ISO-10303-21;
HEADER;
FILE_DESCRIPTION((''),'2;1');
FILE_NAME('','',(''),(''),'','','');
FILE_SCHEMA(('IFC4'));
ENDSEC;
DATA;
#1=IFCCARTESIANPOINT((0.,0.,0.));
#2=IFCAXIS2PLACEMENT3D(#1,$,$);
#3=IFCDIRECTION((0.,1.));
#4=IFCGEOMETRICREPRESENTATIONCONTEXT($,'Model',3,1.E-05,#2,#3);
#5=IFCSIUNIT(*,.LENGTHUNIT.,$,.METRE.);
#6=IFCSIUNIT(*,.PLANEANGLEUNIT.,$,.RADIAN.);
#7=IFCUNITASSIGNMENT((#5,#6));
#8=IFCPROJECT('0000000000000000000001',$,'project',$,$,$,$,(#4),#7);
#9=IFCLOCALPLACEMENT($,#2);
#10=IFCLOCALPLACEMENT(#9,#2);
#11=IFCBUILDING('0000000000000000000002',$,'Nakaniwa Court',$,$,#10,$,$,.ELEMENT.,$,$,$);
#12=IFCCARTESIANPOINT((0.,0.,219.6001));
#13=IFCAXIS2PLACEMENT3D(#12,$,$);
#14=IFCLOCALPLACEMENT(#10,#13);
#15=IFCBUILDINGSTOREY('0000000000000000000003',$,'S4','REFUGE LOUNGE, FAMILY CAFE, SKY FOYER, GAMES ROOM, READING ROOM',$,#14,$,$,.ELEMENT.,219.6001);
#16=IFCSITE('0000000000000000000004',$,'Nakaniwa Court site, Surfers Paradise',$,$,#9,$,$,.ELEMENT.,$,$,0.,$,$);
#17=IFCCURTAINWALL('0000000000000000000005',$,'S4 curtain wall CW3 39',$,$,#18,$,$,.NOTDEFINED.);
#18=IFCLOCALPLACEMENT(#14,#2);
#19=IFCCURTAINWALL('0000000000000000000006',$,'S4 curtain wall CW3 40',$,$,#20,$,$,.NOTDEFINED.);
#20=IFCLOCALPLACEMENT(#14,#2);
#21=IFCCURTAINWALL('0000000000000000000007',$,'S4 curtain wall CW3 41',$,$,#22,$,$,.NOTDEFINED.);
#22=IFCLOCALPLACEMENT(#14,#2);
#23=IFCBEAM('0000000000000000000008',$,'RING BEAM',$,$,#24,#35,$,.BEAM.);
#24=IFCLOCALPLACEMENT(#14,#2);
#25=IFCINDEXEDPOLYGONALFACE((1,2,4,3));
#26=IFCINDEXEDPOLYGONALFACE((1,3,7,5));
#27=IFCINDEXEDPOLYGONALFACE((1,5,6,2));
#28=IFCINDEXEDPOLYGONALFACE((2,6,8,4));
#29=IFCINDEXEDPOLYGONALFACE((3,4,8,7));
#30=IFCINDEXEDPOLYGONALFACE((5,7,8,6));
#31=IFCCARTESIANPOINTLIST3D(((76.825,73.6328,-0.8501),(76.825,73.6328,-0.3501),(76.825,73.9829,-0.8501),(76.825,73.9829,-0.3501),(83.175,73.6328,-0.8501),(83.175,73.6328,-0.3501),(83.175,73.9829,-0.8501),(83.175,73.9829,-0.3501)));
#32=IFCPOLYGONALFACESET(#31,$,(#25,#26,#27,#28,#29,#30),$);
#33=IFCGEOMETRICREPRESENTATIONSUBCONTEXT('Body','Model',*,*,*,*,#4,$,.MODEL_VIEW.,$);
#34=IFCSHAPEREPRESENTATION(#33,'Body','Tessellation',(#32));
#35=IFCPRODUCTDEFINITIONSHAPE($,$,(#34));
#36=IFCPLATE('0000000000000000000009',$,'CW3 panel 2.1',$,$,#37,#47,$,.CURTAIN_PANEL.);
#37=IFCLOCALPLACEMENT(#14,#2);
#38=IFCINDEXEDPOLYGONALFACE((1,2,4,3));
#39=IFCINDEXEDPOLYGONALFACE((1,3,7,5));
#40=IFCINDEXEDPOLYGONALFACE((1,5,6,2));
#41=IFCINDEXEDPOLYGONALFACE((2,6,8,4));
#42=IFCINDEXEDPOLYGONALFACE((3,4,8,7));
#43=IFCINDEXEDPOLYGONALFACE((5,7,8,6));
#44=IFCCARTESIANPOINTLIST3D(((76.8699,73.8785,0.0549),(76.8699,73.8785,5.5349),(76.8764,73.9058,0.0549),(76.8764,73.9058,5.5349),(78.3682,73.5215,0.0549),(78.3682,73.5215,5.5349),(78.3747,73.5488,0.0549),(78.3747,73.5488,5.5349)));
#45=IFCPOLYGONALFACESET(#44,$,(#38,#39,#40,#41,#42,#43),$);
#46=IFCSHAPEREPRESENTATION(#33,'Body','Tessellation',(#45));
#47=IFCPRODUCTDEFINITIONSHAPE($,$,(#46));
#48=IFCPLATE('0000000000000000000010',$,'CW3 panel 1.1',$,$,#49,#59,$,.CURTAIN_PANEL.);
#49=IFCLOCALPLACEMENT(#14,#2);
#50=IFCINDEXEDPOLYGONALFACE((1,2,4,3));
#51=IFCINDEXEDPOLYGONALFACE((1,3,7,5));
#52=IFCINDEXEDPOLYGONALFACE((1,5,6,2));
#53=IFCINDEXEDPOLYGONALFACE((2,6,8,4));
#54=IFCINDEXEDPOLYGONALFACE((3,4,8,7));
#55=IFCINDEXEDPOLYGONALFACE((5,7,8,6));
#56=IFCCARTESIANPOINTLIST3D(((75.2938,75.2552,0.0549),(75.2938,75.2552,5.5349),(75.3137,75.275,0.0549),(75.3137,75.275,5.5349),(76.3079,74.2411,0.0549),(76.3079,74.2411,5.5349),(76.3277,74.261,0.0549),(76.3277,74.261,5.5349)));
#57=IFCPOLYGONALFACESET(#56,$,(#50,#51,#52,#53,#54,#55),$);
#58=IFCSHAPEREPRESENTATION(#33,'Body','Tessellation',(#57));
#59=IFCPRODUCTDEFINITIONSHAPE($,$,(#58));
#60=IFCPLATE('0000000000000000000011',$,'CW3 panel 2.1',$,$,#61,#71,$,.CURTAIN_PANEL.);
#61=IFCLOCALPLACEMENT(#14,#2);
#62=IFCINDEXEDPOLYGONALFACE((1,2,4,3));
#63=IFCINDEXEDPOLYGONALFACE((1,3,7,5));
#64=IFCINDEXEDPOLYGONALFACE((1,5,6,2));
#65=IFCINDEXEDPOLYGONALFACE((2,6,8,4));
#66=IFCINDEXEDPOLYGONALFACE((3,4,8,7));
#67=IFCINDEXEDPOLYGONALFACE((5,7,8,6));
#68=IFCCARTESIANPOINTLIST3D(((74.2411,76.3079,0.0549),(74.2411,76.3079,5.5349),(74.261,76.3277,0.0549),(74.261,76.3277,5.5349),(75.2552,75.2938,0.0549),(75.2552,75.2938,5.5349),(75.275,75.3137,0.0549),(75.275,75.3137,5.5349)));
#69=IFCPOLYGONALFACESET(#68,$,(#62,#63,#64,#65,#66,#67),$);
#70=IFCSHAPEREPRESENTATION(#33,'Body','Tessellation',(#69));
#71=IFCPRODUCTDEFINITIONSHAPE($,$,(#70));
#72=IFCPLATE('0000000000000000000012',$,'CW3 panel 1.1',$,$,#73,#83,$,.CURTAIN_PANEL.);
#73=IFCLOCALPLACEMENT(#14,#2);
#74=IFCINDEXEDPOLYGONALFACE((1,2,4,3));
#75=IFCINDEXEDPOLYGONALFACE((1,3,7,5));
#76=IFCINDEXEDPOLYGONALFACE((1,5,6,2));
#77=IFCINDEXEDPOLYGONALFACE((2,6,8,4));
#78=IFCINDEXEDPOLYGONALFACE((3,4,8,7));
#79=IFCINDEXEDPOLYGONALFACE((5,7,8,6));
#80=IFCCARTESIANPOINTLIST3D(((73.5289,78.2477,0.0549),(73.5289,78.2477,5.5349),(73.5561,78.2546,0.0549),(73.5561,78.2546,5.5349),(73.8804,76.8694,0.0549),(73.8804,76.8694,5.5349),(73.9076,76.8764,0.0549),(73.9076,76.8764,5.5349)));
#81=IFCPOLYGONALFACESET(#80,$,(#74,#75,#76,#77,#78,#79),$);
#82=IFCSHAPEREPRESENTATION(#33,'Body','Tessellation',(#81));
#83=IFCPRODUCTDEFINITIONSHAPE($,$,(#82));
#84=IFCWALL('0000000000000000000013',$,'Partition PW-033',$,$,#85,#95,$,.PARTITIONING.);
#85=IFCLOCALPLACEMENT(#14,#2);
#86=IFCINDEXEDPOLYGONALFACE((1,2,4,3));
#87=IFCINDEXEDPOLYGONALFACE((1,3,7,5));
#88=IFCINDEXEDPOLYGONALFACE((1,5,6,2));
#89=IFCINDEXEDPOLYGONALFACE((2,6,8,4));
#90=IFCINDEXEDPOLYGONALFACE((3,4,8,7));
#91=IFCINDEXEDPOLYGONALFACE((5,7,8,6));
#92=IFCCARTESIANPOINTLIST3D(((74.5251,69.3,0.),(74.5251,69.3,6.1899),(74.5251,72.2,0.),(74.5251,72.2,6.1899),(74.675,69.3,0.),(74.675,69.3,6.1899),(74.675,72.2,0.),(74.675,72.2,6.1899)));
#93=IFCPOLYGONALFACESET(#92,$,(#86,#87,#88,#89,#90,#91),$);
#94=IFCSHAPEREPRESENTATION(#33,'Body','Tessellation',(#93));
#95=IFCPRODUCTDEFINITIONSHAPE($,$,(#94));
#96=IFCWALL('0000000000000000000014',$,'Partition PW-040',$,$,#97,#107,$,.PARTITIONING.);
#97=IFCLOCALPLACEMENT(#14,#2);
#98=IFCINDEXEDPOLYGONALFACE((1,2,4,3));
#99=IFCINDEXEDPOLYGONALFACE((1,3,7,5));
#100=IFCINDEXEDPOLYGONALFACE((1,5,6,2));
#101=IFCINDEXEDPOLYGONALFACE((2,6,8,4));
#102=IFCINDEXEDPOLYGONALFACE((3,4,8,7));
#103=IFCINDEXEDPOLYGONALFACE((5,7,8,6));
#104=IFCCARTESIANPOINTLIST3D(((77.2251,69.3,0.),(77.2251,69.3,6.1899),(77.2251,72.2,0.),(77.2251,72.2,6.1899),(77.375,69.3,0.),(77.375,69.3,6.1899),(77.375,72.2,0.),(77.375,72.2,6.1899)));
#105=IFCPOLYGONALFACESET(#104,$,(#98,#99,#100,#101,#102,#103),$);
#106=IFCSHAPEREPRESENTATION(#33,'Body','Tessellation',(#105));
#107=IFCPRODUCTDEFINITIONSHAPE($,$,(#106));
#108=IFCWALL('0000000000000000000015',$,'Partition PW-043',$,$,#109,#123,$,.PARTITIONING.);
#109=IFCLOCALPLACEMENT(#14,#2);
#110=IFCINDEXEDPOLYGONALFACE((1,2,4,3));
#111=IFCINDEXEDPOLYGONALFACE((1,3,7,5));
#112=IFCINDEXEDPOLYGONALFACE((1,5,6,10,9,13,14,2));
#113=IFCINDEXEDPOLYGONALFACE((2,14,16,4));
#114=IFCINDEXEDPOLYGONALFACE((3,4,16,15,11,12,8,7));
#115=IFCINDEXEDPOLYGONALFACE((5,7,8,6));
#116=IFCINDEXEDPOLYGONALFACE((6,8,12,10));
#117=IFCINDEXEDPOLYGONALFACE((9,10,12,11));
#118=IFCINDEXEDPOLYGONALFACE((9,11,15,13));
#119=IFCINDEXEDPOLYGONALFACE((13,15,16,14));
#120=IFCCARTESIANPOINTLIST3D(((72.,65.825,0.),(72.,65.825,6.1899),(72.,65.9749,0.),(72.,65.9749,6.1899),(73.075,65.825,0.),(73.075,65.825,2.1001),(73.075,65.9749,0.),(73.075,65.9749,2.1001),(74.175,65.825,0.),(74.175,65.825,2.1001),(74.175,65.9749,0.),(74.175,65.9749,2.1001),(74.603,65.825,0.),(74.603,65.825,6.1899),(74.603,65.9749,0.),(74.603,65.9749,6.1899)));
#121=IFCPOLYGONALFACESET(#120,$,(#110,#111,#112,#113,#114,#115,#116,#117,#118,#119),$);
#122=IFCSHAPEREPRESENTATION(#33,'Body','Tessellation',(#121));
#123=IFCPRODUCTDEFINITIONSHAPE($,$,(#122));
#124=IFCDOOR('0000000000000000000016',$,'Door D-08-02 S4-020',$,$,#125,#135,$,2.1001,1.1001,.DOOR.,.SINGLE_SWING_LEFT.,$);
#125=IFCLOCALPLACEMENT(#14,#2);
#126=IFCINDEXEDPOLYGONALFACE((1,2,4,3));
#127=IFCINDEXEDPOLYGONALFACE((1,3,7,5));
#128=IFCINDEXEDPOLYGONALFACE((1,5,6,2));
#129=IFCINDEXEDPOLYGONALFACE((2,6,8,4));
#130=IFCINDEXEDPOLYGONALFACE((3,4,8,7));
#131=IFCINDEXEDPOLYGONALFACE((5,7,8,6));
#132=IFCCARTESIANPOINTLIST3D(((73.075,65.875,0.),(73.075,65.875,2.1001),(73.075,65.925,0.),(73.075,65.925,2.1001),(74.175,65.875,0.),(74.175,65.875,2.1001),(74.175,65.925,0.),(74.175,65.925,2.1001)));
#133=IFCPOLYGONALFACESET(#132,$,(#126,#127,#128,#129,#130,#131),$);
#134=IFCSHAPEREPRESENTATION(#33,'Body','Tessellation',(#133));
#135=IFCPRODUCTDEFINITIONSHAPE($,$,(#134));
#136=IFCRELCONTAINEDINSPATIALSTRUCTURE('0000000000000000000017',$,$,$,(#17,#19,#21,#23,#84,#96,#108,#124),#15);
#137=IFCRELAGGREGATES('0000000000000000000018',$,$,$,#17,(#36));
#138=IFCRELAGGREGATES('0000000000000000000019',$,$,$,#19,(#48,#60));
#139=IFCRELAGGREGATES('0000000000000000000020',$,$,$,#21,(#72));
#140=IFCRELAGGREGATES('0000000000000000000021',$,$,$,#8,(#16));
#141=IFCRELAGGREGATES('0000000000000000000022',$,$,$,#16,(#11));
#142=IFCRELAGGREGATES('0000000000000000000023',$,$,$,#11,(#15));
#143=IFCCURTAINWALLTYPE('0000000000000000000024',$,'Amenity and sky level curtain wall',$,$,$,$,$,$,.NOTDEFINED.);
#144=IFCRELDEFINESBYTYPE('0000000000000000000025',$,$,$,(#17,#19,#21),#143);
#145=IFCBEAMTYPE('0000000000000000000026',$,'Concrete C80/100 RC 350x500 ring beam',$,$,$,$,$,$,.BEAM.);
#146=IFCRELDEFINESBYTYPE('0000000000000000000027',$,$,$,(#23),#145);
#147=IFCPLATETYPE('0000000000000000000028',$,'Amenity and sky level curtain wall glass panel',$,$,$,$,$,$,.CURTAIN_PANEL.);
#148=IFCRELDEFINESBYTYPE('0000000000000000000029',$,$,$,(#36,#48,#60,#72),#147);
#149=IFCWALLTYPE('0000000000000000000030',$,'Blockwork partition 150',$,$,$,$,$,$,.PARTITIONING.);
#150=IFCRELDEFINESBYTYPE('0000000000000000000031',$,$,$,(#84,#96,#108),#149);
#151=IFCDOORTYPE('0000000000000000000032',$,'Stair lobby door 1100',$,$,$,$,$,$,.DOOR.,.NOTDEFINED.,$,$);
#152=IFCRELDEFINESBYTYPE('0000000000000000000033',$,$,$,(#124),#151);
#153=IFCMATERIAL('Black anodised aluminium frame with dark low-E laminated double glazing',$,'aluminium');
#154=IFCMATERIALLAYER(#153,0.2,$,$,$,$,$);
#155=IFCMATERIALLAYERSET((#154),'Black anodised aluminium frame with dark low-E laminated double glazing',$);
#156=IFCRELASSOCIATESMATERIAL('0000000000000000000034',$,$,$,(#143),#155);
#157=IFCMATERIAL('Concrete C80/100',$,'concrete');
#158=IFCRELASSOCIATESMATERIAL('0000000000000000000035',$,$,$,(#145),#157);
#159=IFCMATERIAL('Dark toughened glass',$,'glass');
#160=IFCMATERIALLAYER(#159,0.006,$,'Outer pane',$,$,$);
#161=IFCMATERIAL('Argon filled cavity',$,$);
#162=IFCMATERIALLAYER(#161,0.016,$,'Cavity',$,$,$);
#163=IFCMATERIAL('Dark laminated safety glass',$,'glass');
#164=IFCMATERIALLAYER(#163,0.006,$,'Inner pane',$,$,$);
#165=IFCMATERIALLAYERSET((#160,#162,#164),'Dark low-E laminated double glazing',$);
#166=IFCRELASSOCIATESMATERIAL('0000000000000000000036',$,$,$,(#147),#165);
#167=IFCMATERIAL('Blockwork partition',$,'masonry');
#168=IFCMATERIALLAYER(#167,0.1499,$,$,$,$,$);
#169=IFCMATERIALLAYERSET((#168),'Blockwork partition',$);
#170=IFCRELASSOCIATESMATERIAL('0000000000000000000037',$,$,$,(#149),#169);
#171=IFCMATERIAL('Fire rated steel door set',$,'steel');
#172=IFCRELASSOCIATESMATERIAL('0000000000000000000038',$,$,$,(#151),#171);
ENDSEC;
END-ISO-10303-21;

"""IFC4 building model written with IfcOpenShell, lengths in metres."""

from ifc_helpers import new_model, si_unit, direction, frame, frame_2d, origin, origin_2d, place, context, subcontext, project, spatial, rectangle, extrude, material, layer, layer_set, material_profile, profile_set, type_object, element, fill, aggregate, save


model = new_model("IFC4")

# Units and contexts
model_context = context("Model", 3, precision=1e-05, world=origin(), true_north=direction((0.0, 1.0)))
body_context = subcontext(model_context, "Body", "Model", "MODEL_VIEW")
ifc_project = project(units=[si_unit("LENGTHUNIT", "METRE"), si_unit("PLANEANGLEUNIT", "RADIAN")], contexts=[model_context])

# Site, building, storey
site_placement = place(None, origin())
site = spatial("IfcSite", under=ifc_project, at=site_placement, Name="Nakaniwa Court site, Surfers Paradise", CompositionType="ELEMENT", RefElevation=0.0)
building_placement = place(site_placement, origin())
building = spatial("IfcBuilding", under=site, at=building_placement, Name="Nakaniwa Court", CompositionType="ELEMENT")
storey_placement = place(building_placement, frame((0.0, 0.0, 219.6001)))
storey = spatial("IfcBuildingStorey", under=building, at=storey_placement, Name="S4", Description="REFUGE LOUNGE, FAMILY CAFE, SKY FOYER, GAMES ROOM, READING ROOM", CompositionType="ELEMENT", Elevation=219.6001)

# Shared definitions
ifc_material_1 = material(Name="Concrete C80/100", Category="concrete")

# Curtain wall
ifc_material_2 = material(Name="Black anodised aluminium frame with dark low-E laminated double glazing", Category="aluminium")
ifc_layer_1 = layer(ifc_material_2, 0.2)
ifc_layer_set_1 = layer_set([ifc_layer_1], Name="Black anodised aluminium frame with dark low-E laminated double glazing")
curtain_wall_type = type_object("IfcCurtainWallType", Name="Amenity and sky level curtain wall", PredefinedType="NOTDEFINED", material=ifc_layer_set_1)
curtain_wall_1_placement = place(storey_placement, origin())
curtain_wall_1 = element("IfcCurtainWall", 1, at=curtain_wall_1_placement, inside=storey, type_object=curtain_wall_type, Name="S4 curtain wall CW3 39", PredefinedType="NOTDEFINED")

# Curtain walls
curtain_wall_2_placement = place(storey_placement, origin())
curtain_wall_2 = element("IfcCurtainWall", 2, at=curtain_wall_2_placement, inside=storey, type_object=curtain_wall_type, Name="S4 curtain wall CW3 40", PredefinedType="NOTDEFINED")
curtain_wall_3_placement = place(storey_placement, origin())
curtain_wall_3 = element("IfcCurtainWall", 3, at=curtain_wall_3_placement, inside=storey, type_object=curtain_wall_type, Name="S4 curtain wall CW3 41", PredefinedType="NOTDEFINED")

# Beam
ifc_material_profile_1 = material_profile(ifc_material_1, rectangle(XDim=0.3501, YDim=0.5, at=origin_2d()), Name="Concrete C80/100 RC 350x500 ring beam")
ifc_profile_set_1 = profile_set([ifc_material_profile_1], Name="Concrete C80/100")
beam_type = type_object("IfcBeamType", Name="Concrete C80/100 RC 350x500 ring beam", PredefinedType="BEAM", material=ifc_profile_set_1)
beam_1_placement = place(storey_placement, frame((76.825, 73.8079, -0.6001), z_axis=(1.0, 0.0, 0.0), x_axis=(0.0, 1.0, 0.0)))
element("IfcBeam", 4, at=beam_1_placement, inside=storey, type_object=beam_type, Name="RING BEAM", PredefinedType="BEAM", context=body_context, shape_type="SweptSolid", body=[
    extrude(rectangle(XDim=0.3501, YDim=0.5, at=origin_2d()), origin(), (0.0, 0.0, 1.0), 6.3501),
])

# Plates
ifc_material_3 = material(Name="Dark toughened glass", Category="glass")
ifc_layer_2 = layer(ifc_material_3, 0.006, Name="Outer pane")
ifc_material_4 = material(Name="Argon filled cavity")
ifc_layer_3 = layer(ifc_material_4, 0.016, Name="Cavity")
ifc_material_5 = material(Name="Dark laminated safety glass", Category="glass")
ifc_layer_4 = layer(ifc_material_5, 0.006, Name="Inner pane")
ifc_layer_set_2 = layer_set([ifc_layer_2, ifc_layer_3, ifc_layer_4], Name="Dark low-E laminated double glazing")
plate_type = type_object("IfcPlateType", Name="Amenity and sky level curtain wall glass panel", PredefinedType="CURTAIN_PANEL", material=ifc_layer_set_2)
plate_1_placement = place(storey_placement, frame((77.6223, 73.7136, 0.0549), z_axis=(0.0, 0.0, 1.0), x_axis=(-0.972766, 0.231791, 0.0)))
plate_1 = element("IfcPlate", 5, at=plate_1_placement, type_object=plate_type, Name="CW3 panel 2.1", PredefinedType="CURTAIN_PANEL", context=body_context, shape_type="SweptSolid", body=[
    extrude(rectangle(XDim=1.5403, YDim=0.0281, at=origin_2d()), origin(), (0.0, 0.0, 1.0), 5.48),
])
aggregate(curtain_wall_1, [plate_1])
plate_2_placement = place(storey_placement, frame((75.8108, 74.7581, 0.0549), z_axis=(0.0, 0.0, 1.0), x_axis=(-0.707107, 0.707107, 0.0)))
plate_2 = element("IfcPlate", 6, at=plate_2_placement, type_object=plate_type, Name="CW3 panel 1.1", PredefinedType="CURTAIN_PANEL", context=body_context, shape_type="SweptSolid", body=[
    extrude(rectangle(XDim=1.4341, YDim=0.0281, at=origin_2d()), origin(), (0.0, 0.0, 1.0), 5.48),
])
plate_3_placement = place(storey_placement, frame((74.7581, 75.8108, 0.0549), z_axis=(0.0, 0.0, 1.0), x_axis=(-0.707107, 0.707107, 0.0)))
plate_3 = element("IfcPlate", 7, at=plate_3_placement, type_object=plate_type, Name="CW3 panel 2.1", PredefinedType="CURTAIN_PANEL", context=body_context, shape_type="SweptSolid", body=[
    extrude(rectangle(XDim=1.4341, YDim=0.0281, at=origin_2d()), origin(), (0.0, 0.0, 1.0), 5.48),
])
aggregate(curtain_wall_2, [plate_2, plate_3])
plate_4_placement = place(storey_placement, frame((73.7183, 77.562, 0.0549), z_axis=(0.0, 0.0, 1.0), x_axis=(-0.247114, 0.968986, 0.0)))
plate_4 = element("IfcPlate", 8, at=plate_4_placement, type_object=plate_type, Name="CW3 panel 1.1", PredefinedType="CURTAIN_PANEL", context=body_context, shape_type="SweptSolid", body=[
    extrude(rectangle(XDim=1.4224, YDim=0.0281, at=origin_2d()), origin(), (0.0, 0.0, 1.0), 5.48),
])
aggregate(curtain_wall_3, [plate_4])

# Walls
ifc_material_6 = material(Name="Blockwork partition", Category="masonry")
ifc_layer_5 = layer(ifc_material_6, 0.1499)
ifc_layer_set_3 = layer_set([ifc_layer_5], Name="Blockwork partition")
wall_type = type_object("IfcWallType", Name="Blockwork partition 150", PredefinedType="PARTITIONING", material=ifc_layer_set_3)
for number, where, z_axis, x_axis, name in (
    (9, (74.6001, 69.3, 0.0), (0.0, 0.0, 1.0), (0.0, 1.0, 0.0), "Partition PW-033"),
    (10, (77.3, 69.3, 0.0), (0.0, 0.0, 1.0), (0.0, 1.0, 0.0), "Partition PW-040"),
):
    element("IfcWall", number, at=place(storey_placement, frame(where, z_axis=z_axis, x_axis=x_axis)), inside=storey, type_object=wall_type, Name=name, PredefinedType="PARTITIONING", context=body_context, shape_type="SweptSolid", body=[
        extrude(rectangle(XDim=2.8999, YDim=0.1499, at=frame_2d((1.45, 0.0))), origin(), (0.0, 0.0, 1.0), 6.1899),
    ])

# Wall, opening, door
wall_placement = place(storey_placement, frame((74.603, 65.8999, 0.0), z_axis=(0.0, 0.0, 1.0), x_axis=(-1.0, 0.0, 0.0)))
wall = element("IfcWall", 11, at=wall_placement, inside=storey, type_object=wall_type, Name="Partition PW-043", PredefinedType="PARTITIONING", context=body_context, shape_type="SweptSolid", body=[
    extrude(rectangle(XDim=2.603, YDim=0.1499, at=frame_2d((1.3015, 0.0))), origin(), (0.0, 0.0, 1.0), 6.1899),
])
opening_placement = place(wall_placement, frame((0.428, 0.0, 0.0)))
opening = element("IfcOpeningElement", 12, at=opening_placement, cuts=wall, PredefinedType="OPENING", context=body_context, shape_type="SweptSolid", body=[
    extrude(rectangle(XDim=1.1001, YDim=2.1001, at=frame_2d((0.55, 1.05))), frame((0.0, 0.085, 0.0), z_axis=(0.0, -1.0, 0.0), x_axis=(1.0, 0.0, 0.0)), (0.0, 0.0, 1.0), 0.1699),
])
ifc_material_7 = material(Name="Fire rated steel door set", Category="steel")
door_type = type_object("IfcDoorType", Name="Stair lobby door 1100", OperationType="NOTDEFINED", PredefinedType="DOOR", material=ifc_material_7)
door_placement = place(opening_placement, origin())
door = element("IfcDoor", 13, at=door_placement, inside=storey, type_object=door_type, Name="Door D-08-02 S4-020", OperationType="SINGLE_SWING_LEFT", OverallHeight=2.1001, OverallWidth=1.1001, PredefinedType="DOOR", context=body_context, shape_type="SweptSolid", body=[
    extrude(rectangle(XDim=1.1001, YDim=2.1001, at=frame_2d((0.55, 1.05))), frame((0.0, 0.0249, 0.0), z_axis=(0.0, -1.0, 0.0), x_axis=(1.0, 0.0, 0.0)), (0.0, 0.0, 1.0), 0.05),
])
fill(opening, door)

save(model, "model.ifc")
